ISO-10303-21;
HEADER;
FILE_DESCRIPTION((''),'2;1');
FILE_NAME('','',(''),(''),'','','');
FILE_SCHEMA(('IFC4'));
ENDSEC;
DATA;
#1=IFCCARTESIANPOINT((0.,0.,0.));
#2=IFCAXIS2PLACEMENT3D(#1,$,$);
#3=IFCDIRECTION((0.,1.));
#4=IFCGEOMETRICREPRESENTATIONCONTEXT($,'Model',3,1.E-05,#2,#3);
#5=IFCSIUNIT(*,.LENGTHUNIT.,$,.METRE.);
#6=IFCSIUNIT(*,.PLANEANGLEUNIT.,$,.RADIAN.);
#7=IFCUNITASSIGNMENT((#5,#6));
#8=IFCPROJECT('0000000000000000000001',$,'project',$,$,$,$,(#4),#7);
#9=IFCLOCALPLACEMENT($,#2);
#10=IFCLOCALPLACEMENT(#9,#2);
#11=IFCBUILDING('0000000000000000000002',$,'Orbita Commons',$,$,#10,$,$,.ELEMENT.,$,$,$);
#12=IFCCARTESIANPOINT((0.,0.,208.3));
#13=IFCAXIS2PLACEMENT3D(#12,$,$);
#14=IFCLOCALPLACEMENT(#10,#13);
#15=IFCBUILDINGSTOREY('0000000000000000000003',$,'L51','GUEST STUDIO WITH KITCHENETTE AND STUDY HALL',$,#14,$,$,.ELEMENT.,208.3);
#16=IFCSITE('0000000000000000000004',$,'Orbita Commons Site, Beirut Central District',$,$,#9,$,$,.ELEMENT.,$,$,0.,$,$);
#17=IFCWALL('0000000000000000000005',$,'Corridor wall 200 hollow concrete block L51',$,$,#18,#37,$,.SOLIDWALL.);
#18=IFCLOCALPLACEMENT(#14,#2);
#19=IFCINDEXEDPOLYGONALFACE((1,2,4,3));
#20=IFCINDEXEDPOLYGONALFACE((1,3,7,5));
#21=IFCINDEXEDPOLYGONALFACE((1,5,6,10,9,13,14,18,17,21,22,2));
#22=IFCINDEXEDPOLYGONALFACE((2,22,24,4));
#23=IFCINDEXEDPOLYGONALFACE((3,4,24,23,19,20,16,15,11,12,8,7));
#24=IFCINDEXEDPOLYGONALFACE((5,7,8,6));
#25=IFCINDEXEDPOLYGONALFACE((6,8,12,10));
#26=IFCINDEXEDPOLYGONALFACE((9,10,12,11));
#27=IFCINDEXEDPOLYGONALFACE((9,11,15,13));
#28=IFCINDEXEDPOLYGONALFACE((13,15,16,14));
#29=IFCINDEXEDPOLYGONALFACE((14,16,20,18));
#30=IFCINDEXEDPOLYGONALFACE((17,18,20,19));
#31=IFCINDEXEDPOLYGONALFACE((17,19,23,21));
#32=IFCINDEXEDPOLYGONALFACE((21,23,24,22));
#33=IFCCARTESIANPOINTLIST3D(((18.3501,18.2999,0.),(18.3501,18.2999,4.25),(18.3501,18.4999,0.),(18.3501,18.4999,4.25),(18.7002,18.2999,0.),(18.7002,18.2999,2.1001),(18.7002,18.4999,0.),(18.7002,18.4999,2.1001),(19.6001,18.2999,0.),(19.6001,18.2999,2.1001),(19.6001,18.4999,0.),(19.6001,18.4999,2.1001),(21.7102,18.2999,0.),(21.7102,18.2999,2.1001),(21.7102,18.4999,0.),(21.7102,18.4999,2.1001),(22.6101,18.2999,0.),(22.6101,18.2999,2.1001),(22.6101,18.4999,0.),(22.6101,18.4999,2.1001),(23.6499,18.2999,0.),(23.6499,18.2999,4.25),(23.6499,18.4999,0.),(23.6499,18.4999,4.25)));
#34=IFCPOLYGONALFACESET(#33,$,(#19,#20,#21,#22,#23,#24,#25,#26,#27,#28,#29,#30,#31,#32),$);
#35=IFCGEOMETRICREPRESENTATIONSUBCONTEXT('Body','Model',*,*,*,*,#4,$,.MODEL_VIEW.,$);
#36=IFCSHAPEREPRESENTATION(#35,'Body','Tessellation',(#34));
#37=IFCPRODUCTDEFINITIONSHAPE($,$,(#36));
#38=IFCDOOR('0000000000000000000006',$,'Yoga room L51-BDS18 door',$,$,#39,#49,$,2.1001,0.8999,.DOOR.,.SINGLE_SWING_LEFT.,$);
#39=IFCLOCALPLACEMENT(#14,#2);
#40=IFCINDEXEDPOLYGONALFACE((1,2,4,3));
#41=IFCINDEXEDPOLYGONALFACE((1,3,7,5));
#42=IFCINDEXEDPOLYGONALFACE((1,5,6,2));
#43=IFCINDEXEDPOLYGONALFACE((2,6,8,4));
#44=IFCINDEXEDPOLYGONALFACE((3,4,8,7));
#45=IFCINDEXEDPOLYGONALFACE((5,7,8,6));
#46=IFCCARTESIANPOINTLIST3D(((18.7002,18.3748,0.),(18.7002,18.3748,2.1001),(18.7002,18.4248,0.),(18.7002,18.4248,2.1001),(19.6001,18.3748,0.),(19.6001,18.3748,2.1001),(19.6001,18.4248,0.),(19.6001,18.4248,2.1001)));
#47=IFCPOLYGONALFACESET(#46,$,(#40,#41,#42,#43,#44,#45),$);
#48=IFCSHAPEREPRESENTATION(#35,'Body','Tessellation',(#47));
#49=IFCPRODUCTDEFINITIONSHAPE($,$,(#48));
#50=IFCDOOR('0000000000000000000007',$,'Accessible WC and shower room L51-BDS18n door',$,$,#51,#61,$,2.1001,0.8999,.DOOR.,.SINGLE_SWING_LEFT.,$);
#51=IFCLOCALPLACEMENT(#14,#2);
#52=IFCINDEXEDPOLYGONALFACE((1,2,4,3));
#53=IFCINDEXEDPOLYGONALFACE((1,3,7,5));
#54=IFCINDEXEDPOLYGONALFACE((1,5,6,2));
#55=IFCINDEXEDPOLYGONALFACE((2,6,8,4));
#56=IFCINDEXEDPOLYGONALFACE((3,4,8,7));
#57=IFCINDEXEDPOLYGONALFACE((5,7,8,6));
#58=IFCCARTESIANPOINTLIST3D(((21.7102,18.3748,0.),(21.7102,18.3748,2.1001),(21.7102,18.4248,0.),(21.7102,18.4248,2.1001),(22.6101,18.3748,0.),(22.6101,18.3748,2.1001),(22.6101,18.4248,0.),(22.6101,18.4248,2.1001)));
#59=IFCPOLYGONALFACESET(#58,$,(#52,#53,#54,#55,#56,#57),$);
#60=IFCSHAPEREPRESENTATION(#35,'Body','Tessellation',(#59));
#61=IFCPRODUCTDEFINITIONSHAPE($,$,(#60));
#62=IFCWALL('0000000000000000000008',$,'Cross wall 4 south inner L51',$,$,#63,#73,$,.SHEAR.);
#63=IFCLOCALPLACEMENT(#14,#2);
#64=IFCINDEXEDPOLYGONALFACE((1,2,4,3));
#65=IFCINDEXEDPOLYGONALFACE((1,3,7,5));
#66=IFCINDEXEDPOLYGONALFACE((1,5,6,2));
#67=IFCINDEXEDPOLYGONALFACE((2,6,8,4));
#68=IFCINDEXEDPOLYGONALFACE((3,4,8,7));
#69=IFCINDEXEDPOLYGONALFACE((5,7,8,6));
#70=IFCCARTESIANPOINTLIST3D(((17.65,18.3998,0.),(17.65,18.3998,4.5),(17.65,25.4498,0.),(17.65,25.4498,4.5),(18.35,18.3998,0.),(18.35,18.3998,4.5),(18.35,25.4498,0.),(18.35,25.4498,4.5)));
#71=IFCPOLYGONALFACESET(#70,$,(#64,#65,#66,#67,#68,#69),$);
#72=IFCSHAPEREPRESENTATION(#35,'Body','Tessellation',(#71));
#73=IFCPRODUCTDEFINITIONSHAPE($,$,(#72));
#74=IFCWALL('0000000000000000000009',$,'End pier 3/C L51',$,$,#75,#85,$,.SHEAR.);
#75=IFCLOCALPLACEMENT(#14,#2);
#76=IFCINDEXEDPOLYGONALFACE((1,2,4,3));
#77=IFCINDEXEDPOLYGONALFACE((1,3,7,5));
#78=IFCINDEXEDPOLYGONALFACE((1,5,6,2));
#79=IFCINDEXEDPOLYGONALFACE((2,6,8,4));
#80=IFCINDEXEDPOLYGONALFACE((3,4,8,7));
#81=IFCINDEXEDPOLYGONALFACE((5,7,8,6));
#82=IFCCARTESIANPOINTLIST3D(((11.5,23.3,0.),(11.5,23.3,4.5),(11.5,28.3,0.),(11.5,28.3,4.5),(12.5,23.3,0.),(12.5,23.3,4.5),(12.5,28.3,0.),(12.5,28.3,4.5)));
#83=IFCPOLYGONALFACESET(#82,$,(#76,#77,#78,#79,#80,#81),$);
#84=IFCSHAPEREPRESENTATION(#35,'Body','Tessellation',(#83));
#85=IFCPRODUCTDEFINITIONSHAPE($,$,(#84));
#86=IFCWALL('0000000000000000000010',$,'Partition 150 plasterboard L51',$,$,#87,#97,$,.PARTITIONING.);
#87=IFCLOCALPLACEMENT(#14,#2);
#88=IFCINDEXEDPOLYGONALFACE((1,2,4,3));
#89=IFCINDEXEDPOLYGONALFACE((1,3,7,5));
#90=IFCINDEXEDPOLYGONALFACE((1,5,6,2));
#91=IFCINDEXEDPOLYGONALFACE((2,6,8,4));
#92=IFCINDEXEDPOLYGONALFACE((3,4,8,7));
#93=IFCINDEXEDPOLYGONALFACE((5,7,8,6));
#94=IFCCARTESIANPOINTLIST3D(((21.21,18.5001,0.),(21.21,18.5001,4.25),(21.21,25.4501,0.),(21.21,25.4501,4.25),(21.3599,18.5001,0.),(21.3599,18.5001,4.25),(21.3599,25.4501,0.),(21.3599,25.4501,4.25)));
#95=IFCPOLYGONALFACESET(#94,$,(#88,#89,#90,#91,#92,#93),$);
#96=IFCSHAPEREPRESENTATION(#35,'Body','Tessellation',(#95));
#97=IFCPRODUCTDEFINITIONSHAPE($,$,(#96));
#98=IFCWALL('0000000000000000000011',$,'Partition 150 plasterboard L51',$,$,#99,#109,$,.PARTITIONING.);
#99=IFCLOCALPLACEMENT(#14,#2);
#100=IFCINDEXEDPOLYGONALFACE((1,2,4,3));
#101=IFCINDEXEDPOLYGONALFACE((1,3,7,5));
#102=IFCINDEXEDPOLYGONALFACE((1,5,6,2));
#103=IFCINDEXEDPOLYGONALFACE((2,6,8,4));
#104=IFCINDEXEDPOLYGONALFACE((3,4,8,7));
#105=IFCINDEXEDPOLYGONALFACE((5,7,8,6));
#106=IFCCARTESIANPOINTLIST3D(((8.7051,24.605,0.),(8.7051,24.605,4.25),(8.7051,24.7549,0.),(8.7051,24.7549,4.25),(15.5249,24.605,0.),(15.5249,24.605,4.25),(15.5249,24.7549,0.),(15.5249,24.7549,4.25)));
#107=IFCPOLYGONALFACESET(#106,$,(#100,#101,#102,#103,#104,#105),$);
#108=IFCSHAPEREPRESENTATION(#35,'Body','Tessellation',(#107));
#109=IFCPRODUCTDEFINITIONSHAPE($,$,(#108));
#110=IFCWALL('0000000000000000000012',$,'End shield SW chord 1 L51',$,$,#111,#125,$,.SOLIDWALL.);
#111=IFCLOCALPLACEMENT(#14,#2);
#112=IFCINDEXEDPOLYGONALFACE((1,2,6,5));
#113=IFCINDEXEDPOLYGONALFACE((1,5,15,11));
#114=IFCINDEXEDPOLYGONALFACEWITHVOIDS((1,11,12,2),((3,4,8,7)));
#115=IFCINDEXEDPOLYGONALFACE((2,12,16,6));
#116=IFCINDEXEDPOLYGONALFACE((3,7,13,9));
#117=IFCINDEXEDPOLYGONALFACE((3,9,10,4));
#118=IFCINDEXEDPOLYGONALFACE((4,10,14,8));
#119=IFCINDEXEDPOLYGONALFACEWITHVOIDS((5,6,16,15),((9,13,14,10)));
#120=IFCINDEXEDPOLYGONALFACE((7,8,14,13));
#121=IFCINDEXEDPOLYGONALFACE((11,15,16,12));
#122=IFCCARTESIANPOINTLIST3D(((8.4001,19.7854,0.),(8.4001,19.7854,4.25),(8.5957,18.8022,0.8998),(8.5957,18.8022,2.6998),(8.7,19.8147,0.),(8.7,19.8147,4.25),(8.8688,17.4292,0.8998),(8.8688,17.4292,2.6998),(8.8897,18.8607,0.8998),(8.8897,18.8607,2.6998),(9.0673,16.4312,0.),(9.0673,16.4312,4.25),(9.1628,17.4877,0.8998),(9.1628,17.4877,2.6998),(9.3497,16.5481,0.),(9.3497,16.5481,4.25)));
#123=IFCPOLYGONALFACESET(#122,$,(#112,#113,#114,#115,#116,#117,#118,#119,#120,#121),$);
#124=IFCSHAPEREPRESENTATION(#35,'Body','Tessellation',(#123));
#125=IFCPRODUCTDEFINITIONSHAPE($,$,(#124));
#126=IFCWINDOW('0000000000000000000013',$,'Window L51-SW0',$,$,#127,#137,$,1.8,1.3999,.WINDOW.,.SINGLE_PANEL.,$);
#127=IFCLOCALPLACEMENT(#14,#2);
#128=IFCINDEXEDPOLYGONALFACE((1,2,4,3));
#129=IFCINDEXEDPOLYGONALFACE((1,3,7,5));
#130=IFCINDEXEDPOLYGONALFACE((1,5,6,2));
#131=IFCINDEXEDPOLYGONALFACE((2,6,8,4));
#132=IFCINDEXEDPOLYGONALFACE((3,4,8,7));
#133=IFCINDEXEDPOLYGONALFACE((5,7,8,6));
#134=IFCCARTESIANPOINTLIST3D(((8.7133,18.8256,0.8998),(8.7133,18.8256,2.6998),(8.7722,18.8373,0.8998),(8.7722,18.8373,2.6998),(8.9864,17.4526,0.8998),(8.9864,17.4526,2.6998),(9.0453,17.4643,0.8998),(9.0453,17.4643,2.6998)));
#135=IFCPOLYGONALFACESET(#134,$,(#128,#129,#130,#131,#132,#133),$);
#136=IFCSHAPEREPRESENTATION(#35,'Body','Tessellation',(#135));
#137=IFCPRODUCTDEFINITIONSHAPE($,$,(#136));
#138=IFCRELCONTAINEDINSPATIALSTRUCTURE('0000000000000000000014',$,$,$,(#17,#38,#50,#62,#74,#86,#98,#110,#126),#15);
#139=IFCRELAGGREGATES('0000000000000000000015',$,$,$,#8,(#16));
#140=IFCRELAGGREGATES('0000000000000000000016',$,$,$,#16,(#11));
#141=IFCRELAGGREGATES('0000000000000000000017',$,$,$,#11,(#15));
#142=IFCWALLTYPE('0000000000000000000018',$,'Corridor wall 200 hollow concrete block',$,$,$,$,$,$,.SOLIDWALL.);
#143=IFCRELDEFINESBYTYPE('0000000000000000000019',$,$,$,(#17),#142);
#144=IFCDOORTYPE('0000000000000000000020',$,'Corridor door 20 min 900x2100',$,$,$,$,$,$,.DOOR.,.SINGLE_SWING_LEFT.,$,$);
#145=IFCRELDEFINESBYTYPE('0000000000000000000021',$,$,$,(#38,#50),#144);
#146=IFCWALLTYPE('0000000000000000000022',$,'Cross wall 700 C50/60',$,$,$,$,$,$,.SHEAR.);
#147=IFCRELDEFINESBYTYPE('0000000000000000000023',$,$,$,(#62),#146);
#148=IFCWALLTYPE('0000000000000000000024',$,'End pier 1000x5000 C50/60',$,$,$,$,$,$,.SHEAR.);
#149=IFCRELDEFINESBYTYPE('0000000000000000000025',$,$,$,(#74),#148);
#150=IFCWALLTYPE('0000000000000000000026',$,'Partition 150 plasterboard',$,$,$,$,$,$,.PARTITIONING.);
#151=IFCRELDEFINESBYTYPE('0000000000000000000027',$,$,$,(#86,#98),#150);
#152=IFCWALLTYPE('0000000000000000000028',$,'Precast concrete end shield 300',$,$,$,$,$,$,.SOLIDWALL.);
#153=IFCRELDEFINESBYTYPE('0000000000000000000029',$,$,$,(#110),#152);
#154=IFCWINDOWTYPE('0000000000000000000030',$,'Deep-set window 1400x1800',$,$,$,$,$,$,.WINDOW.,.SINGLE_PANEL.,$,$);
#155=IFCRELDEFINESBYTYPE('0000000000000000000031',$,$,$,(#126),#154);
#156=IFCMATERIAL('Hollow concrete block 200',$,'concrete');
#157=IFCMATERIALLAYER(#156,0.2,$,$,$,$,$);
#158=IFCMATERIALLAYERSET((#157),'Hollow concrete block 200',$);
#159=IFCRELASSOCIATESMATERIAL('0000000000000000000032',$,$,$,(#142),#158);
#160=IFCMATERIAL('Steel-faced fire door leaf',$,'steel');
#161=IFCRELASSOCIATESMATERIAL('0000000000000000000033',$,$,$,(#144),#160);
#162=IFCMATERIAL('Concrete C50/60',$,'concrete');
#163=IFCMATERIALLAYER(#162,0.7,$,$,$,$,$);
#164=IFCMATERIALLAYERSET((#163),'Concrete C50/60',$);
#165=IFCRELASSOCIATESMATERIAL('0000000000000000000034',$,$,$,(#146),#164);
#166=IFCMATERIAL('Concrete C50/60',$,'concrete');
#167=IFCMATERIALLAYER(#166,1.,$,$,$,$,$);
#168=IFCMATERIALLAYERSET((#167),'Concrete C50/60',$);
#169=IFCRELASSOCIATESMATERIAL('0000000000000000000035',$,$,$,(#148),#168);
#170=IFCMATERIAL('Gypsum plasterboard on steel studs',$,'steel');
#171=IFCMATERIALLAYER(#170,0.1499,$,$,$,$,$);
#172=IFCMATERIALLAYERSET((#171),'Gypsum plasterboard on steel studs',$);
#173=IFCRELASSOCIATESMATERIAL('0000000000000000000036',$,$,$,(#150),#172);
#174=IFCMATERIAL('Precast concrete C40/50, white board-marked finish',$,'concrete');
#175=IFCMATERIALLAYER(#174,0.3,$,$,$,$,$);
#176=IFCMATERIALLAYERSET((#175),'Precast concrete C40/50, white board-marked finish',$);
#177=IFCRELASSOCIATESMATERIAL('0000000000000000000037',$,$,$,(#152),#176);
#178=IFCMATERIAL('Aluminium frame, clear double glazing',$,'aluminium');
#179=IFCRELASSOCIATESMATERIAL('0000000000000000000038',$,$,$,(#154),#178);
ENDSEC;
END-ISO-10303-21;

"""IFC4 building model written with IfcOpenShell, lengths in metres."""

from ifc_helpers import new_model, si_unit, direction, frame, frame_2d, origin, place, context, subcontext, project, spatial, polyline, rectangle, outline, extrude, material, layer, layer_set, type_object, element, fill, save


model = new_model("IFC4")

# Units and contexts
model_context = context("Model", 3, precision=1e-05, world=origin(), true_north=direction((0.0, 1.0)))
body_context = subcontext(model_context, "Body", "Model", "MODEL_VIEW")
ifc_project = project(units=[si_unit("LENGTHUNIT", "METRE"), si_unit("PLANEANGLEUNIT", "RADIAN")], contexts=[model_context])

# Site, building, storey
site_placement = place(None, origin())
site = spatial("IfcSite", under=ifc_project, at=site_placement, Name="Orbita Commons Site, Beirut Central District", CompositionType="ELEMENT", RefElevation=0.0)
building_placement = place(site_placement, origin())
building = spatial("IfcBuilding", under=site, at=building_placement, Name="Orbita Commons", CompositionType="ELEMENT")
storey_placement = place(building_placement, frame((0.0, 0.0, 208.3)))
storey = spatial("IfcBuildingStorey", under=building, at=storey_placement, Name="L51", Description="GUEST STUDIO WITH KITCHENETTE AND STUDY HALL", CompositionType="ELEMENT", Elevation=208.3)

# Shared definitions
ifc_material_1 = material(Name="Hollow concrete block 200", Category="concrete")
ifc_layer_1 = layer(ifc_material_1, 0.2)
ifc_layer_set_1 = layer_set([ifc_layer_1], Name="Hollow concrete block 200")
wall_type_1 = type_object("IfcWallType", Name="Corridor wall 200 hollow concrete block", PredefinedType="SOLIDWALL", material=ifc_layer_set_1)

# Wall, openings, doors
wall_1_placement = place(storey_placement, frame((18.3501, 18.3999, 0.0), z_axis=(0.0, 0.0, 1.0), x_axis=(1.0, 0.0, 0.0)))
wall_1 = element("IfcWall", 1, at=wall_1_placement, inside=storey, type_object=wall_type_1, Name="Corridor wall 200 hollow concrete block L51", PredefinedType="SOLIDWALL", context=body_context, shape_type="SweptSolid", body=[
    extrude(rectangle(XDim=5.2998, YDim=0.2, at=frame_2d((2.6499, 0.0))), origin(), (0.0, 0.0, 1.0), 4.25),
])
opening_1_placement = place(wall_1_placement, frame((0.3501, 0.0, 0.0)))
opening_1 = element("IfcOpeningElement", 2, at=opening_1_placement, cuts=wall_1, PredefinedType="OPENING", context=body_context, shape_type="SweptSolid", body=[
    extrude(rectangle(XDim=0.8999, YDim=2.1001, at=frame_2d((0.45, 1.05))), frame((0.0, 0.1099, 0.0), z_axis=(0.0, -1.0, 0.0), x_axis=(1.0, 0.0, 0.0)), (0.0, 0.0, 1.0), 0.22),
])
opening_2_placement = place(wall_1_placement, frame((3.3601, 0.0, 0.0)))
opening_2 = element("IfcOpeningElement", 3, at=opening_2_placement, cuts=wall_1, PredefinedType="OPENING", context=body_context, shape_type="SweptSolid", body=[
    extrude(rectangle(XDim=0.8999, YDim=2.1001, at=frame_2d((0.45, 1.05))), frame((0.0, 0.1099, 0.0), z_axis=(0.0, -1.0, 0.0), x_axis=(1.0, 0.0, 0.0)), (0.0, 0.0, 1.0), 0.22),
])
ifc_material_2 = material(Name="Steel-faced fire door leaf", Category="steel")
door_type_1 = type_object("IfcDoorType", Name="Corridor door 20 min 900x2100", OperationType="SINGLE_SWING_LEFT", PredefinedType="DOOR", material=ifc_material_2)
door_1_placement = place(opening_1_placement, origin())
door_1 = element("IfcDoor", 4, at=door_1_placement, inside=storey, type_object=door_type_1, Name="Yoga room L51-BDS18 door", OperationType="SINGLE_SWING_LEFT", OverallHeight=2.1001, OverallWidth=0.8999, PredefinedType="DOOR", context=body_context, shape_type="SweptSolid", body=[
    extrude(rectangle(XDim=0.8999, YDim=2.1001, at=frame_2d((0.45, 1.05))), frame((0.0, 0.0249, 0.0), z_axis=(0.0, -1.0, 0.0), x_axis=(1.0, 0.0, 0.0)), (0.0, 0.0, 1.0), 0.05),
])
fill(opening_1, door_1)
door_2_placement = place(opening_2_placement, origin())
door_2 = element("IfcDoor", 5, at=door_2_placement, inside=storey, type_object=door_type_1, Name="Accessible WC and shower room L51-BDS18n door", OperationType="SINGLE_SWING_LEFT", OverallHeight=2.1001, OverallWidth=0.8999, PredefinedType="DOOR", context=body_context, shape_type="SweptSolid", body=[
    extrude(rectangle(XDim=0.8999, YDim=2.1001, at=frame_2d((0.45, 1.05))), frame((0.0, 0.0249, 0.0), z_axis=(0.0, -1.0, 0.0), x_axis=(1.0, 0.0, 0.0)), (0.0, 0.0, 1.0), 0.05),
])
fill(opening_2, door_2)

# Walls
ifc_material_3 = material(Name="Concrete C50/60", Category="concrete")
ifc_layer_2 = layer(ifc_material_3, 0.7)
ifc_layer_set_2 = layer_set([ifc_layer_2], Name="Concrete C50/60")
wall_type_2 = type_object("IfcWallType", Name="Cross wall 700 C50/60", PredefinedType="SHEAR", material=ifc_layer_set_2)
wall_2_placement = place(storey_placement, frame((18.0, 18.3999, 0.0), z_axis=(0.0, 0.0, 1.0), x_axis=(0.0, 1.0, 0.0)))
element("IfcWall", 6, at=wall_2_placement, inside=storey, type_object=wall_type_2, Name="Cross wall 4 south inner L51", PredefinedType="SHEAR", context=body_context, shape_type="SweptSolid", body=[
    extrude(rectangle(XDim=7.05, YDim=0.7, at=frame_2d((3.5249, 0.0))), origin(), (0.0, 0.0, 1.0), 4.5),
])
ifc_material_4 = material(Name="Concrete C50/60", Category="concrete")
ifc_layer_3 = layer(ifc_material_4, 1.0)
ifc_layer_set_3 = layer_set([ifc_layer_3], Name="Concrete C50/60")
wall_type_3 = type_object("IfcWallType", Name="End pier 1000x5000 C50/60", PredefinedType="SHEAR", material=ifc_layer_set_3)
wall_3_placement = place(storey_placement, frame((12.0, 23.3, 0.0), z_axis=(0.0, 0.0, 1.0), x_axis=(0.0, 1.0, 0.0)))
element("IfcWall", 7, at=wall_3_placement, inside=storey, type_object=wall_type_3, Name="End pier 3/C L51", PredefinedType="SHEAR", context=body_context, shape_type="SweptSolid", body=[
    extrude(rectangle(XDim=5.0, YDim=1.0, at=frame_2d((2.5, 0.0))), origin(), (0.0, 0.0, 1.0), 4.5),
])
ifc_material_5 = material(Name="Gypsum plasterboard on steel studs", Category="steel")
ifc_layer_4 = layer(ifc_material_5, 0.1499)
ifc_layer_set_4 = layer_set([ifc_layer_4], Name="Gypsum plasterboard on steel studs")
wall_type_4 = type_object("IfcWallType", Name="Partition 150 plasterboard", PredefinedType="PARTITIONING", material=ifc_layer_set_4)
wall_4_placement = place(storey_placement, frame((21.2849, 18.5, 0.0), z_axis=(0.0, 0.0, 1.0), x_axis=(0.0, 1.0, 0.0)))
element("IfcWall", 8, at=wall_4_placement, inside=storey, type_object=wall_type_4, Name="Partition 150 plasterboard L51", PredefinedType="PARTITIONING", context=body_context, shape_type="SweptSolid", body=[
    extrude(rectangle(XDim=6.95, YDim=0.1499, at=frame_2d((3.4751, 0.0))), origin(), (0.0, 0.0, 1.0), 4.25),
])
wall_5_placement = place(storey_placement, frame((8.7051, 24.6799, 0.0), z_axis=(0.0, 0.0, 1.0), x_axis=(1.0, 0.0, 0.0)))
element("IfcWall", 9, at=wall_5_placement, inside=storey, type_object=wall_type_4, Name="Partition 150 plasterboard L51", PredefinedType="PARTITIONING", context=body_context, shape_type="SweptSolid", body=[
    extrude(rectangle(XDim=6.8198, YDim=0.1499, at=frame_2d((3.4099, 0.0))), origin(), (0.0, 0.0, 1.0), 4.25),
])

# Wall, opening, window
ifc_material_6 = material(Name="Precast concrete C40/50, white board-marked finish", Category="concrete")
ifc_layer_5 = layer(ifc_material_6, 0.3)
ifc_layer_set_5 = layer_set([ifc_layer_5], Name="Precast concrete C40/50, white board-marked finish")
wall_type_5 = type_object("IfcWallType", Name="Precast concrete end shield 300", PredefinedType="SOLIDWALL", material=ifc_layer_set_5)
wall_6_placement = place(storey_placement, frame((8.55, 19.8, 0.0), z_axis=(0.0, 0.0, 1.0), x_axis=(0.195087, -0.980786, 0.0)))
wall_6 = element("IfcWall", 10, at=wall_6_placement, inside=storey, type_object=wall_type_5, Name="End shield SW chord 1 L51", PredefinedType="SOLIDWALL", context=body_context, shape_type="SweptSolid", body=[
    extrude(outline(polyline([(-0.0149, -0.1499), (3.405, -0.1499), (3.3455, 0.1499), (0.0149, 0.1499), (-0.0149, -0.1499)])), origin(), (0.0, 0.0, 1.0), 4.25),
])
opening_3_placement = place(wall_6_placement, frame((0.9875, 0.0, 0.8999)))
opening_3 = element("IfcOpeningElement", 11, at=opening_3_placement, cuts=wall_6, PredefinedType="OPENING", context=body_context, shape_type="SweptSolid", body=[
    extrude(rectangle(XDim=1.3999, YDim=1.8, at=frame_2d((0.7, 0.8999))), frame((0.0, 0.1599, 0.0), z_axis=(0.0, -1.0, 0.0), x_axis=(1.0, 0.0, 0.0)), (0.0, 0.0, 1.0), 0.3201),
])
ifc_material_7 = material(Name="Aluminium frame, clear double glazing", Category="aluminium")
window_type = type_object("IfcWindowType", Name="Deep-set window 1400x1800", PartitioningType="SINGLE_PANEL", PredefinedType="WINDOW", material=ifc_material_7)
window_placement = place(opening_3_placement, origin())
window = element("IfcWindow", 12, at=window_placement, inside=storey, type_object=window_type, Name="Window L51-SW0", OverallHeight=1.8, OverallWidth=1.3999, PartitioningType="SINGLE_PANEL", PredefinedType="WINDOW", context=body_context, shape_type="SweptSolid", body=[
    extrude(rectangle(XDim=1.3999, YDim=1.8, at=frame_2d((0.7, 0.8999))), frame((0.0, 0.03, 0.0), z_axis=(0.0, -1.0, 0.0), x_axis=(1.0, 0.0, 0.0)), (0.0, 0.0, 1.0), 0.0601),
])
fill(opening_3, window)

save(model, "model.ifc")
